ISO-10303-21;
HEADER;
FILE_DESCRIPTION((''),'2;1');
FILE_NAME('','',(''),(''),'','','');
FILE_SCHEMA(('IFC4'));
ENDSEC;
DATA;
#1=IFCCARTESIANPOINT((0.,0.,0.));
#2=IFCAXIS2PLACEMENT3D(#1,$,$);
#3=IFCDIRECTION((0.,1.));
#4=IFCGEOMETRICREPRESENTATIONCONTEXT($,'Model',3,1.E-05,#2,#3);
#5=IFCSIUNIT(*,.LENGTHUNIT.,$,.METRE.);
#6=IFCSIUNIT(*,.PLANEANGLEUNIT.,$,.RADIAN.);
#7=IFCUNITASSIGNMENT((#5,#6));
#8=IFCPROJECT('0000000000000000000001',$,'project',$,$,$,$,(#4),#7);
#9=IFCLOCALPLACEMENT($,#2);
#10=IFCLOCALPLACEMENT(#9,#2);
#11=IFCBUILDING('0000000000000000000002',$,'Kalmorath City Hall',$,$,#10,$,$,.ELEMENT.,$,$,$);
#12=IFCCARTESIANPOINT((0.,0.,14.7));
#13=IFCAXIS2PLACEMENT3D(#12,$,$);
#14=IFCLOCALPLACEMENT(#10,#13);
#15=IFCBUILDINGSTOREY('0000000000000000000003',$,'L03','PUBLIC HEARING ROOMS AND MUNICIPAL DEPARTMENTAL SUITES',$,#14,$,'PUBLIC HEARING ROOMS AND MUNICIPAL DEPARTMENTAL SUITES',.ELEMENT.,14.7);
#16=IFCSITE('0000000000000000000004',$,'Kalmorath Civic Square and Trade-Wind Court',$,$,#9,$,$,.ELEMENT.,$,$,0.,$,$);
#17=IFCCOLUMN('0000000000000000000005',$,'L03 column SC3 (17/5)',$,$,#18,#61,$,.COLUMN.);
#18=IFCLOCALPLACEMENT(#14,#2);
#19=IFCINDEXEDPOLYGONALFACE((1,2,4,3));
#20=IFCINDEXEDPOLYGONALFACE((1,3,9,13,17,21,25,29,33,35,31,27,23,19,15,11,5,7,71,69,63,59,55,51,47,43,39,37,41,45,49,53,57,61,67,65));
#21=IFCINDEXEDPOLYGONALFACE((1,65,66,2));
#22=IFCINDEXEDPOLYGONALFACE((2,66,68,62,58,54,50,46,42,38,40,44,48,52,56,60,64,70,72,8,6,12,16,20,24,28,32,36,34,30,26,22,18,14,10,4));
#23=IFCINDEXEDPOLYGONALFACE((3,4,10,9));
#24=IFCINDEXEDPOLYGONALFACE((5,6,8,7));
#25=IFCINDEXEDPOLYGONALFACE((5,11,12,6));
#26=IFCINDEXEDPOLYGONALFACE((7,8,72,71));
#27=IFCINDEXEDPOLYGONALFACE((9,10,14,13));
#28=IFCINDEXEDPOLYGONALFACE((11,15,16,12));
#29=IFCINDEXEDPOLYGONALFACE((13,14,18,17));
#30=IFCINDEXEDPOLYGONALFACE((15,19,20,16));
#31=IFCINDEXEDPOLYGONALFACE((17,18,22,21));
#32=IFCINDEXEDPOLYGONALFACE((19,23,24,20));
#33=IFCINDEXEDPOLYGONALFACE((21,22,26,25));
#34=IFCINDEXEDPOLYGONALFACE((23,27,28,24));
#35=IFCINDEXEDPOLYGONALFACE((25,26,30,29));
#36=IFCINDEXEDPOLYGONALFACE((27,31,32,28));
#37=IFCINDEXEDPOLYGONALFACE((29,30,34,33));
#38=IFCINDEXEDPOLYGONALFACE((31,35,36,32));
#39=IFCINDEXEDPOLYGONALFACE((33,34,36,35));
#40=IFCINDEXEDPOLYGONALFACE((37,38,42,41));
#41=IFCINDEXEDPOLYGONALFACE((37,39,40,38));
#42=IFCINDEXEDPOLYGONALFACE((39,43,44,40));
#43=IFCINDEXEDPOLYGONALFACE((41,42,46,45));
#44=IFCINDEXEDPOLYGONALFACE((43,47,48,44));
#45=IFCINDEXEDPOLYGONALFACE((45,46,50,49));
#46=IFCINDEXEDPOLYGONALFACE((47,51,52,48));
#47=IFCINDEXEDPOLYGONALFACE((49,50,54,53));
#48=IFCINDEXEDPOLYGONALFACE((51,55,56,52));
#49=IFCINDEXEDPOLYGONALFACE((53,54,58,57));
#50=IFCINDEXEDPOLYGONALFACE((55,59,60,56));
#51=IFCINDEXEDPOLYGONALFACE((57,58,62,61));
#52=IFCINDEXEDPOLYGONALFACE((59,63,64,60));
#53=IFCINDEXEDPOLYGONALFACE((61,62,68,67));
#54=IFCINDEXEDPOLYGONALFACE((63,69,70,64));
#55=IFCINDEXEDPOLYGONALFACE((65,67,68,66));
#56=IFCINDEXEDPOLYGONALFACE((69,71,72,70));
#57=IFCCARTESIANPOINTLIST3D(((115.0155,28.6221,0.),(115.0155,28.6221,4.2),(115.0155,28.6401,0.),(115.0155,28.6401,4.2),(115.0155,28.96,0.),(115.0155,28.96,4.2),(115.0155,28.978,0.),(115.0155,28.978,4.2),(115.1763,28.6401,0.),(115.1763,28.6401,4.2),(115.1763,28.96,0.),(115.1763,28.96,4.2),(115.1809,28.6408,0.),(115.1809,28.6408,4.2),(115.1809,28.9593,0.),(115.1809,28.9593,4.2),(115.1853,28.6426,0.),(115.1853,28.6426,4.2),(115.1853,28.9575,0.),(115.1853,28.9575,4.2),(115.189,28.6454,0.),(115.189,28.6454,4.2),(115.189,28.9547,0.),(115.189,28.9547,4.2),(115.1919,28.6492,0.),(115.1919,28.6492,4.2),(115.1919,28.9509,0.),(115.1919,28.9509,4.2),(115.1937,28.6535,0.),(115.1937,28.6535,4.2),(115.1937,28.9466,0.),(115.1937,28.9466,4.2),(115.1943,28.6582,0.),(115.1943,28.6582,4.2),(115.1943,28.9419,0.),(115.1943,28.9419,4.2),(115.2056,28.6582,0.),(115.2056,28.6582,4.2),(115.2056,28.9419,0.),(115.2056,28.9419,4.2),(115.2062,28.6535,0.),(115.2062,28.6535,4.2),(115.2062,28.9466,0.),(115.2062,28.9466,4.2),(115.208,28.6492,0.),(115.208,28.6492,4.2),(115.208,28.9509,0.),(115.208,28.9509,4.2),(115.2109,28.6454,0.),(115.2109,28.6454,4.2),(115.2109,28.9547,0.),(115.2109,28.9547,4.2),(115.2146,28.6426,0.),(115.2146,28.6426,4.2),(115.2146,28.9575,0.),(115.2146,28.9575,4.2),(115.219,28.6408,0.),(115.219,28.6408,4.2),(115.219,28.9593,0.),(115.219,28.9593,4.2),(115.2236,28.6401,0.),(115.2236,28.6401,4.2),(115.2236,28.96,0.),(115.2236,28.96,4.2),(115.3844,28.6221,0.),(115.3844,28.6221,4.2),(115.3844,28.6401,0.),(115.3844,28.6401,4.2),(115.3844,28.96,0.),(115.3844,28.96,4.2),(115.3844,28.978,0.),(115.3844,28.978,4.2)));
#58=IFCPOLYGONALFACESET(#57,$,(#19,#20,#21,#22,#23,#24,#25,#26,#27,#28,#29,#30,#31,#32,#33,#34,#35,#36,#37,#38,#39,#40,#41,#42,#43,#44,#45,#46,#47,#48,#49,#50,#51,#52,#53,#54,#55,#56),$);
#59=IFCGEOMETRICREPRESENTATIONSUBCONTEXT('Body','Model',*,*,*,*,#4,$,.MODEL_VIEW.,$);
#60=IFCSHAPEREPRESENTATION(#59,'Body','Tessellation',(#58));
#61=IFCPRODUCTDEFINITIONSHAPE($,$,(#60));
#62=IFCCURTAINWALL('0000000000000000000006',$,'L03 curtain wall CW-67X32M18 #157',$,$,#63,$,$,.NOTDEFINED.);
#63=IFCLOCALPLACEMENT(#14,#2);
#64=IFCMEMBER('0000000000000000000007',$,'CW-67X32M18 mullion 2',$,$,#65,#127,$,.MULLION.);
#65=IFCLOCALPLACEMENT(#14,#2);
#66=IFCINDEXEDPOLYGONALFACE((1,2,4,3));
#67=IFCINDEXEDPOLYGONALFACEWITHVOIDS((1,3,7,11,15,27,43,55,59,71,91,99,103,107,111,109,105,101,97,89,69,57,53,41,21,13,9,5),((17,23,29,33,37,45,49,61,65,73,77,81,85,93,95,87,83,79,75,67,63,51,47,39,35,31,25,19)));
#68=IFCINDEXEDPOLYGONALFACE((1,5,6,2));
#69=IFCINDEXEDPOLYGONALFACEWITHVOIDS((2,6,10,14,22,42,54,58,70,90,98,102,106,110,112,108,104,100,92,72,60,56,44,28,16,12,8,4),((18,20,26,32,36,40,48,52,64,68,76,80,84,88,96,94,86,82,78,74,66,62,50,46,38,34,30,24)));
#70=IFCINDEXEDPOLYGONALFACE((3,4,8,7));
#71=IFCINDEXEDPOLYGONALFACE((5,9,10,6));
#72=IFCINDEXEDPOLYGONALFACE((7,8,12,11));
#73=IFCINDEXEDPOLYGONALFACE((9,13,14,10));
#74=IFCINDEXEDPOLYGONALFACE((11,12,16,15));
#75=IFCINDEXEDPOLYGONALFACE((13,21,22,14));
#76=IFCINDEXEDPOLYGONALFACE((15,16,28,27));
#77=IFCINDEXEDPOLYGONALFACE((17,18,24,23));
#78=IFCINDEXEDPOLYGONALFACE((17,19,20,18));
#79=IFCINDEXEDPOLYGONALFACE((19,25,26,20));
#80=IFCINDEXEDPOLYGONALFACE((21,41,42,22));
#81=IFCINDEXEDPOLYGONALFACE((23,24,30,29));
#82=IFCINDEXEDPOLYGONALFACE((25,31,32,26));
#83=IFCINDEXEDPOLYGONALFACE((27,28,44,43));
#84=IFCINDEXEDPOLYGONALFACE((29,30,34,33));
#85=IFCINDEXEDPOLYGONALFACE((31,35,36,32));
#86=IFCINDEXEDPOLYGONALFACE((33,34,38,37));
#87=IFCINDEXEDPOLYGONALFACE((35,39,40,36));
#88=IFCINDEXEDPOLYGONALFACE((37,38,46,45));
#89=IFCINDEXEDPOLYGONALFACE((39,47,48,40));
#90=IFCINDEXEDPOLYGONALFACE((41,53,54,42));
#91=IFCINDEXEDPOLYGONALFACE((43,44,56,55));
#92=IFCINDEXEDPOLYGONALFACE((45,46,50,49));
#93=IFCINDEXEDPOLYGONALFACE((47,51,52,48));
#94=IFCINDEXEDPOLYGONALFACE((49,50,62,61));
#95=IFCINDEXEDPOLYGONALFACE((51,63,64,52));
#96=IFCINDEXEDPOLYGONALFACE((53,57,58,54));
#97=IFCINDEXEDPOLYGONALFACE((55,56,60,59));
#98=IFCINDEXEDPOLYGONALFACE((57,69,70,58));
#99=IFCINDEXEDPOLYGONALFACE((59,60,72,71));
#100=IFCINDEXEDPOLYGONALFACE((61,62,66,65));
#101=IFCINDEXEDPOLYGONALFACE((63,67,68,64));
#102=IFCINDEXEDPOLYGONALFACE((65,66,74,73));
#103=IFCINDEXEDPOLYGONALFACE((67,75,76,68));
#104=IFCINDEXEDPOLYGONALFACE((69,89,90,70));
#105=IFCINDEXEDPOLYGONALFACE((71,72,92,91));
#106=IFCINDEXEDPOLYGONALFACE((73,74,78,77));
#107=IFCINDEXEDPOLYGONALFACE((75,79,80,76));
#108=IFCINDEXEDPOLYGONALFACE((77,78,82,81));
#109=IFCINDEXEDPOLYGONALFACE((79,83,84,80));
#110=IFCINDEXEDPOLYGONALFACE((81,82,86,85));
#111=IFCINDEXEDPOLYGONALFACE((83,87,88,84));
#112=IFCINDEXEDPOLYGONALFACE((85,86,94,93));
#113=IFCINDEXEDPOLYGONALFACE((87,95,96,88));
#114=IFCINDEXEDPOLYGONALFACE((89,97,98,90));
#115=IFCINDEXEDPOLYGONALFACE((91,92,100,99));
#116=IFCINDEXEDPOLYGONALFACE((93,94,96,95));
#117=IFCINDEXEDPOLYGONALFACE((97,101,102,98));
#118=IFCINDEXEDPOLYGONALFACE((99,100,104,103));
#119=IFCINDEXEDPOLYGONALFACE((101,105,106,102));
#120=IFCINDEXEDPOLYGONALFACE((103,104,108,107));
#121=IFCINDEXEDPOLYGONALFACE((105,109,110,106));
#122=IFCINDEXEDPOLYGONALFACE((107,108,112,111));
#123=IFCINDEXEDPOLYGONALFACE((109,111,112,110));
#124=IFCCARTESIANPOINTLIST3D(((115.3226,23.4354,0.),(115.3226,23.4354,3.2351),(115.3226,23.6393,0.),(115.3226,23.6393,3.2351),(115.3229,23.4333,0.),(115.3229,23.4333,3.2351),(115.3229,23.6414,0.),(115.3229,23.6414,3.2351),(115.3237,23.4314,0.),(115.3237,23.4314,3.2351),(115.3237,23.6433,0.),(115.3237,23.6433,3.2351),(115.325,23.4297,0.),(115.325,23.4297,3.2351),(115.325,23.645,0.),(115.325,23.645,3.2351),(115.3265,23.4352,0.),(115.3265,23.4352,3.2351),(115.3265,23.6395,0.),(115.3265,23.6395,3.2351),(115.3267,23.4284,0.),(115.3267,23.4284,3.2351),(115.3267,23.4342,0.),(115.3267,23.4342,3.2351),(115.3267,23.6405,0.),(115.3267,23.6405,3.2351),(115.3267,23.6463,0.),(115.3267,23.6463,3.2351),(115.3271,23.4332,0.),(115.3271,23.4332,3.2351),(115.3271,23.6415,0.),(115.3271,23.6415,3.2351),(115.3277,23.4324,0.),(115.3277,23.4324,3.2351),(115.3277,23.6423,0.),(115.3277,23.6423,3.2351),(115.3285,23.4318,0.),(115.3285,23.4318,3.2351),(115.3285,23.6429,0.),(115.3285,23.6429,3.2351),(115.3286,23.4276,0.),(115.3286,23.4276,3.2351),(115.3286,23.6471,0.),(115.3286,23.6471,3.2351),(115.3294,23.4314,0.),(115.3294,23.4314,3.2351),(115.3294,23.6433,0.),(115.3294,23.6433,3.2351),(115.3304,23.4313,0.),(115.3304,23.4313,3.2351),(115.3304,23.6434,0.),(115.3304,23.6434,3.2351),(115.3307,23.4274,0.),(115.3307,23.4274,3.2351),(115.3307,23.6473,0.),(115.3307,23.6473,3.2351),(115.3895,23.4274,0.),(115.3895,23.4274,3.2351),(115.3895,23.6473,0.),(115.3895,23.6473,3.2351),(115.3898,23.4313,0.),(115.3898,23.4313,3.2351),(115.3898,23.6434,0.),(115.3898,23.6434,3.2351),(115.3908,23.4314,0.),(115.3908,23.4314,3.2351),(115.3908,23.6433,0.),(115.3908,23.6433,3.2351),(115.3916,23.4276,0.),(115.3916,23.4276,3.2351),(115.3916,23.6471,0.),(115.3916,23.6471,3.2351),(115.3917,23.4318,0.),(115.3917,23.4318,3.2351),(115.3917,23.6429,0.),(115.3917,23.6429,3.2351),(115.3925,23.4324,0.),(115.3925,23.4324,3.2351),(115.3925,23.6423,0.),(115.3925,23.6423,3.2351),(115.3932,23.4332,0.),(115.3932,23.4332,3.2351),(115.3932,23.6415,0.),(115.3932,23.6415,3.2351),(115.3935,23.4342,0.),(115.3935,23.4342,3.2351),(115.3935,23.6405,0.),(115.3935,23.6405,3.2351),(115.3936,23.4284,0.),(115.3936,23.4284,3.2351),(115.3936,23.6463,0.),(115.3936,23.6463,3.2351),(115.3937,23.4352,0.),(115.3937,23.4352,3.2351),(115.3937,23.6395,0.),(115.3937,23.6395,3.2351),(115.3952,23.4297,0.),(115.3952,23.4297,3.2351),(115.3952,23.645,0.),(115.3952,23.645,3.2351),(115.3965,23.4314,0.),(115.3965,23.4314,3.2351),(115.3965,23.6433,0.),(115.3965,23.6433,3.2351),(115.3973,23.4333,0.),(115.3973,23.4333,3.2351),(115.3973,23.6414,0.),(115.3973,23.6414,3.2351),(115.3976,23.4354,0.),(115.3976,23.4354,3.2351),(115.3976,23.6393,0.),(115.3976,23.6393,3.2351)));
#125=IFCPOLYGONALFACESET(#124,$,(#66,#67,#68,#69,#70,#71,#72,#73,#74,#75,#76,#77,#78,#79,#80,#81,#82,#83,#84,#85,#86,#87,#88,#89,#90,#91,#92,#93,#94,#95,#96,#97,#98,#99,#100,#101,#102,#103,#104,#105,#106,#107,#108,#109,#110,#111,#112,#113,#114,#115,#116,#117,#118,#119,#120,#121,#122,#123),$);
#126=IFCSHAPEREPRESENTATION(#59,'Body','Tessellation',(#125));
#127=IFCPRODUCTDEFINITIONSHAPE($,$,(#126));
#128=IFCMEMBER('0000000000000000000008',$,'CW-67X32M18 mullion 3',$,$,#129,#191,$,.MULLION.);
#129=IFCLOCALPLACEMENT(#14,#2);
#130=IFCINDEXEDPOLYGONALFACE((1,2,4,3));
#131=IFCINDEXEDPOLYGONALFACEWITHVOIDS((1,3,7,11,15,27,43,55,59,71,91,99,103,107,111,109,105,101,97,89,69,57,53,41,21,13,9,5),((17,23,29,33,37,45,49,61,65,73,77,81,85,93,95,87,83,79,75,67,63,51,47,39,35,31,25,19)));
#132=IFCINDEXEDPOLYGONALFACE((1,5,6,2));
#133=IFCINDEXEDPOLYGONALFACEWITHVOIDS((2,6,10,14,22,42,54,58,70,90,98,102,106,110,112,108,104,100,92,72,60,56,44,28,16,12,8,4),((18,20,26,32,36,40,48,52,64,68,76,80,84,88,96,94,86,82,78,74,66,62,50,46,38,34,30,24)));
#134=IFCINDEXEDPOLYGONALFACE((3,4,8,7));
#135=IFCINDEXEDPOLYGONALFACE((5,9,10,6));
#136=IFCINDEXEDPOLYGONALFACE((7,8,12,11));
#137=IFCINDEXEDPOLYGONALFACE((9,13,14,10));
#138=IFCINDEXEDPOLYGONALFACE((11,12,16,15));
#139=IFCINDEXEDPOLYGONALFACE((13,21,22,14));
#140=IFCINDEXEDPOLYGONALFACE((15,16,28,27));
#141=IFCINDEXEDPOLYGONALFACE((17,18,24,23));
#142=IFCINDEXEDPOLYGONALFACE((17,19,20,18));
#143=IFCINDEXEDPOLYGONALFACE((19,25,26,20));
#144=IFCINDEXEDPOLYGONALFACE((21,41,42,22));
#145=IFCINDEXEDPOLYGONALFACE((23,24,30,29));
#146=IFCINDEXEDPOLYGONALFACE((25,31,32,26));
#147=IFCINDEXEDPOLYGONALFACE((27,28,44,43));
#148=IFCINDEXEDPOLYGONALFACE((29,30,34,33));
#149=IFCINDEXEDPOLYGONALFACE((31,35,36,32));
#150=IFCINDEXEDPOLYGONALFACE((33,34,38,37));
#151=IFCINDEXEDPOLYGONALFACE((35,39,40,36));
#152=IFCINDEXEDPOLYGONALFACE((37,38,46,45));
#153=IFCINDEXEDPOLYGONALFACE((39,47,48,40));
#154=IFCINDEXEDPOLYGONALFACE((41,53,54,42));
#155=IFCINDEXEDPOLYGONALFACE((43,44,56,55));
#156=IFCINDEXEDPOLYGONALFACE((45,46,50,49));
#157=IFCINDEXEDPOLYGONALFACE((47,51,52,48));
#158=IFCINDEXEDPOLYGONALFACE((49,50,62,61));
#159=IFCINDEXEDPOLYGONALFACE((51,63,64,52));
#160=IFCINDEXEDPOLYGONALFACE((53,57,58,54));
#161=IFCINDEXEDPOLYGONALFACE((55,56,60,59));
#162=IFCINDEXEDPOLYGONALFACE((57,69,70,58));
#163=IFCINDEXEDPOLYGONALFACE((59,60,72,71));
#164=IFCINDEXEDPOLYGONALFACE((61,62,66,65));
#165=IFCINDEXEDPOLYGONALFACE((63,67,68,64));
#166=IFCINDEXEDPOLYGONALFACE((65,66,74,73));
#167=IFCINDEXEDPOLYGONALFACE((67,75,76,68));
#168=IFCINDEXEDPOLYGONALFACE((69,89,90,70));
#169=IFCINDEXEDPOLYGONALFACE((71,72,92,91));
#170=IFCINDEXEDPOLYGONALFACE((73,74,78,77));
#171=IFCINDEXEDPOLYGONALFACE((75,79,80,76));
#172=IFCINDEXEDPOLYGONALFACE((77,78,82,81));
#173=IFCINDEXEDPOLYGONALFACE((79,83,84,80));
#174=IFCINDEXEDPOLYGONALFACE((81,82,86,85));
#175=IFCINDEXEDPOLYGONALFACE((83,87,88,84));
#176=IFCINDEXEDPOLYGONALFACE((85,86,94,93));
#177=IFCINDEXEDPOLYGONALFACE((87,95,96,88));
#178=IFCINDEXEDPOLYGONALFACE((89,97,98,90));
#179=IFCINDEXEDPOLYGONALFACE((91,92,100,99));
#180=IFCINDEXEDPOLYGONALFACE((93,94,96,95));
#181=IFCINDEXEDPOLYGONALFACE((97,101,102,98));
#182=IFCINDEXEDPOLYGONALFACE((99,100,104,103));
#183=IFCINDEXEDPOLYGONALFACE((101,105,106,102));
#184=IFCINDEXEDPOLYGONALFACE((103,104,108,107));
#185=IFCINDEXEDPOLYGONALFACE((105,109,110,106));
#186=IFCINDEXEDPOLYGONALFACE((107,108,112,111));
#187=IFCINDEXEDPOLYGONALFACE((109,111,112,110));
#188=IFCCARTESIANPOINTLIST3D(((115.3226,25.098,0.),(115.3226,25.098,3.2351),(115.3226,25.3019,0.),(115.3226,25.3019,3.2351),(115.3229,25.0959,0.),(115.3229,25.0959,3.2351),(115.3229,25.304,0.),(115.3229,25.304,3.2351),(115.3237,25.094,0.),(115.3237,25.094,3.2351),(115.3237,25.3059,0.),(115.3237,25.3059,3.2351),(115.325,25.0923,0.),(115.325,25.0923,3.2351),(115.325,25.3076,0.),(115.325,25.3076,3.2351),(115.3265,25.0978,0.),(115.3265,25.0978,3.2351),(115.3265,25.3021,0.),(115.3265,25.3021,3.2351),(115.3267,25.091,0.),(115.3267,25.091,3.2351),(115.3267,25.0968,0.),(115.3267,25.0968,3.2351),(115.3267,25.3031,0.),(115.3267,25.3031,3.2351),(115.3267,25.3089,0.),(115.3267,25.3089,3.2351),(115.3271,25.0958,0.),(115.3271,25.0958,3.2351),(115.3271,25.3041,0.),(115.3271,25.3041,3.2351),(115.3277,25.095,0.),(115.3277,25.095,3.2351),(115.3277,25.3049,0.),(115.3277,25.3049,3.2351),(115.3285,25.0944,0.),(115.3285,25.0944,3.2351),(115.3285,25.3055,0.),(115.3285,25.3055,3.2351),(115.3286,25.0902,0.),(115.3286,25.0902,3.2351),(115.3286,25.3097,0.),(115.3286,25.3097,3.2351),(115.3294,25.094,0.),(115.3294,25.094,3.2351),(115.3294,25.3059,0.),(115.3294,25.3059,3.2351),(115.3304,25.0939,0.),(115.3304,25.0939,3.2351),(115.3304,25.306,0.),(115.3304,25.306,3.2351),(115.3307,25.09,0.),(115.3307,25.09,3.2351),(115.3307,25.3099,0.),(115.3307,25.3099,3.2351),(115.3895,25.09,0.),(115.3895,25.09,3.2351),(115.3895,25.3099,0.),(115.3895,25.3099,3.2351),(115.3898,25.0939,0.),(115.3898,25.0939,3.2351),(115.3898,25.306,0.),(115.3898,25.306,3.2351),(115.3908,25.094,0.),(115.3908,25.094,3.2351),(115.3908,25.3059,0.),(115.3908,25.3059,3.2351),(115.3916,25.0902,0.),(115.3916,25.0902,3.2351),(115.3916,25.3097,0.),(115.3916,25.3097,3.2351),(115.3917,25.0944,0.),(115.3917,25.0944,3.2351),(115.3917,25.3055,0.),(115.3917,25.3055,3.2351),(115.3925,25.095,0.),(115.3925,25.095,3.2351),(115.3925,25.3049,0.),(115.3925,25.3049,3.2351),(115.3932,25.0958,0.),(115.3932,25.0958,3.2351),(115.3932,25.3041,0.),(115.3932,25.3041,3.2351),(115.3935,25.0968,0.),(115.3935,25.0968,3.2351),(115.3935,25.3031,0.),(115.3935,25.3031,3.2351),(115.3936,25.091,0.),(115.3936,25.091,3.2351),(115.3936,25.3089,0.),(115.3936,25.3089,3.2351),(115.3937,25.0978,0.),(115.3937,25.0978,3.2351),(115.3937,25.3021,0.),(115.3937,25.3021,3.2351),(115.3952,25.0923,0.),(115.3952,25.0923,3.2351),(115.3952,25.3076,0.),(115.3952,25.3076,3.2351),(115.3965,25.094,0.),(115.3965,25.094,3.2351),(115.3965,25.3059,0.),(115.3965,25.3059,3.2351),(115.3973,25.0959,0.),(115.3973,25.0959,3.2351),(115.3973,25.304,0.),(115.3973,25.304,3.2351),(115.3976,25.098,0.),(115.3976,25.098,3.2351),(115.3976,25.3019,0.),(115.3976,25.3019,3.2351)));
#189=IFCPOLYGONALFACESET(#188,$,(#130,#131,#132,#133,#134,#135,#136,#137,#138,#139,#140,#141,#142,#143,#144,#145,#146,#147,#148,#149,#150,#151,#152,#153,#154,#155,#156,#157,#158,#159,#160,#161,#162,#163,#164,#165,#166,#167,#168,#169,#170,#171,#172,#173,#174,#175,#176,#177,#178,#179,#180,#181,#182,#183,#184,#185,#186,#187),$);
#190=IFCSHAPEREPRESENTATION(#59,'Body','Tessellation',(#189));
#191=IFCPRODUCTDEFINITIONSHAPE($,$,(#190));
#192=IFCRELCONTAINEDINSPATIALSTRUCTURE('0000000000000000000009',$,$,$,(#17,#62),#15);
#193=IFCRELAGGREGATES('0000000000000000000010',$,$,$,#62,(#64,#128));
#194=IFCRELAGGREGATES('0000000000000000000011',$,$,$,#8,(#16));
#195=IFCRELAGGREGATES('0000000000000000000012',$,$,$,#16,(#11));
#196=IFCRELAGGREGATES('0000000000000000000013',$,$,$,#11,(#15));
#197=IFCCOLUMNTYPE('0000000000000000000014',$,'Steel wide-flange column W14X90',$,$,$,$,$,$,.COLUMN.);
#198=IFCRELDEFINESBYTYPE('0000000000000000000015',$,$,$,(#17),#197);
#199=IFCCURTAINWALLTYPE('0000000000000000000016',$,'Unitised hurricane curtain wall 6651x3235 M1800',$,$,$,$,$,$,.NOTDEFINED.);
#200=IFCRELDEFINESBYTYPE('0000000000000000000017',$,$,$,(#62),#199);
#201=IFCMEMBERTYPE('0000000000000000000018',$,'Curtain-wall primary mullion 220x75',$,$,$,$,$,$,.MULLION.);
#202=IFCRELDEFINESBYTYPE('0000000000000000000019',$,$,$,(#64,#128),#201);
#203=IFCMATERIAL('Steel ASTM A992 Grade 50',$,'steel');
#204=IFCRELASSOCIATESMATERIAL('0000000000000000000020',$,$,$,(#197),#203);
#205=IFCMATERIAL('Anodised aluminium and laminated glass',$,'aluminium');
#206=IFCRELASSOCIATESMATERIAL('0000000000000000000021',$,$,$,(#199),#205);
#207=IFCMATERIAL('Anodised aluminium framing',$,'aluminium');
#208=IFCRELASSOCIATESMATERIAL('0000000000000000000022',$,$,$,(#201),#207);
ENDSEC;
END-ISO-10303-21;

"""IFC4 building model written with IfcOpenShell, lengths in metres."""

from ifc_helpers import new_model, si_unit, direction, frame, origin, origin_2d, place, context, subcontext, project, spatial, hollow_rectangle, i_section, extrude, material, material_profile, profile_set, type_object, element, aggregate, save


model = new_model("IFC4")

# Units and contexts
model_context = context("Model", 3, precision=1e-05, world=origin(), true_north=direction((0.0, 1.0)))
body_context = subcontext(model_context, "Body", "Model", "MODEL_VIEW")
ifc_project = project(units=[si_unit("LENGTHUNIT", "METRE"), si_unit("PLANEANGLEUNIT", "RADIAN")], contexts=[model_context])

# Site, building, storey
site_placement = place(None, origin())
site = spatial("IfcSite", under=ifc_project, at=site_placement, Name="Kalmorath Civic Square and Trade-Wind Court", CompositionType="ELEMENT", RefElevation=0.0)
building_placement = place(site_placement, origin())
building = spatial("IfcBuilding", under=site, at=building_placement, Name="Kalmorath City Hall", CompositionType="ELEMENT")
storey_placement = place(building_placement, frame((0.0, 0.0, 14.7)))
storey = spatial("IfcBuildingStorey", under=building, at=storey_placement, Name="L03", Description="PUBLIC HEARING ROOMS AND MUNICIPAL DEPARTMENTAL SUITES", LongName="PUBLIC HEARING ROOMS AND MUNICIPAL DEPARTMENTAL SUITES", CompositionType="ELEMENT", Elevation=14.7)

# Column
ifc_material_1 = material(Name="Steel ASTM A992 Grade 50", Category="steel")
ifc_material_profile_1 = material_profile(ifc_material_1, i_section(OverallWidth=0.3689, OverallDepth=0.356, WebThickness=0.0112, FlangeThickness=0.0181, FilletRadius=0.0181, at=origin_2d()), Name="W14X90")
ifc_profile_set_1 = profile_set([ifc_material_profile_1], Name="Steel ASTM A992 Grade 50")
column_type = type_object("IfcColumnType", Name="Steel wide-flange column W14X90", PredefinedType="COLUMN", material=ifc_profile_set_1)
column_placement = place(storey_placement, frame((115.2, 28.8, 0.0), z_axis=(0.0, 0.0, 1.0), x_axis=(1.0, 0.0, 0.0)))
element("IfcColumn", 1, at=column_placement, inside=storey, type_object=column_type, Name="L03 column SC3 (17/5)", PredefinedType="COLUMN", context=body_context, shape_type="SweptSolid", body=[
    extrude(i_section(OverallWidth=0.3689, OverallDepth=0.356, WebThickness=0.0112, FlangeThickness=0.0181, FilletRadius=0.0181, at=origin_2d()), origin(), (0.0, 0.0, 1.0), 4.2),
])

# Curtain wall, members
ifc_material_2 = material(Name="Anodised aluminium and laminated glass", Category="aluminium")
curtain_wall_type_1 = type_object("IfcCurtainWallType", Name="Unitised hurricane curtain wall 6651x3235 M1800", PredefinedType="NOTDEFINED", material=ifc_material_2)
curtain_wall_1_placement = place(storey_placement, origin())
curtain_wall_1 = element("IfcCurtainWall", 2, at=curtain_wall_1_placement, inside=storey, type_object=curtain_wall_type_1, Name="L03 curtain wall CW-67X32M18 #157", PredefinedType="NOTDEFINED")
ifc_material_3 = material(Name="Anodised aluminium framing", Category="aluminium")
ifc_material_profile_2 = material_profile(ifc_material_3, hollow_rectangle(XDim=0.075, YDim=0.22, WallThickness=0.0039, InnerFilletRadius=0.0039, OuterFilletRadius=0.0081, at=origin_2d()), Name="ALU-MUL-220X75X4")
ifc_profile_set_2 = profile_set([ifc_material_profile_2], Name="Anodised aluminium framing")
member_type_1 = type_object("IfcMemberType", Name="Curtain-wall primary mullion 220x75", PredefinedType="MULLION", material=ifc_profile_set_2)
member_1_placement = place(storey_placement, frame((115.3601, 23.5374, 0.0), z_axis=(0.0, 0.0, 1.0), x_axis=(-1.0, 0.0, 0.0)))
member_1 = element("IfcMember", 3, at=member_1_placement, type_object=member_type_1, Name="CW-67X32M18 mullion 2", PredefinedType="MULLION", context=body_context, shape_type="SweptSolid", body=[
    extrude(hollow_rectangle(XDim=0.075, YDim=0.22, WallThickness=0.0039, InnerFilletRadius=0.0039, OuterFilletRadius=0.0081, at=origin_2d()), origin(), (0.0, 0.0, 1.0), 3.2351),
])
member_2_placement = place(storey_placement, frame((115.3601, 25.2, 0.0), z_axis=(0.0, 0.0, 1.0), x_axis=(-1.0, 0.0, 0.0)))
member_2 = element("IfcMember", 4, at=member_2_placement, type_object=member_type_1, Name="CW-67X32M18 mullion 3", PredefinedType="MULLION", context=body_context, shape_type="SweptSolid", body=[
    extrude(hollow_rectangle(XDim=0.075, YDim=0.22, WallThickness=0.0039, InnerFilletRadius=0.0039, OuterFilletRadius=0.0081, at=origin_2d()), origin(), (0.0, 0.0, 1.0), 3.2351),
])

aggregate(curtain_wall_1, [member_1, member_2])

save(model, "model.ifc")
